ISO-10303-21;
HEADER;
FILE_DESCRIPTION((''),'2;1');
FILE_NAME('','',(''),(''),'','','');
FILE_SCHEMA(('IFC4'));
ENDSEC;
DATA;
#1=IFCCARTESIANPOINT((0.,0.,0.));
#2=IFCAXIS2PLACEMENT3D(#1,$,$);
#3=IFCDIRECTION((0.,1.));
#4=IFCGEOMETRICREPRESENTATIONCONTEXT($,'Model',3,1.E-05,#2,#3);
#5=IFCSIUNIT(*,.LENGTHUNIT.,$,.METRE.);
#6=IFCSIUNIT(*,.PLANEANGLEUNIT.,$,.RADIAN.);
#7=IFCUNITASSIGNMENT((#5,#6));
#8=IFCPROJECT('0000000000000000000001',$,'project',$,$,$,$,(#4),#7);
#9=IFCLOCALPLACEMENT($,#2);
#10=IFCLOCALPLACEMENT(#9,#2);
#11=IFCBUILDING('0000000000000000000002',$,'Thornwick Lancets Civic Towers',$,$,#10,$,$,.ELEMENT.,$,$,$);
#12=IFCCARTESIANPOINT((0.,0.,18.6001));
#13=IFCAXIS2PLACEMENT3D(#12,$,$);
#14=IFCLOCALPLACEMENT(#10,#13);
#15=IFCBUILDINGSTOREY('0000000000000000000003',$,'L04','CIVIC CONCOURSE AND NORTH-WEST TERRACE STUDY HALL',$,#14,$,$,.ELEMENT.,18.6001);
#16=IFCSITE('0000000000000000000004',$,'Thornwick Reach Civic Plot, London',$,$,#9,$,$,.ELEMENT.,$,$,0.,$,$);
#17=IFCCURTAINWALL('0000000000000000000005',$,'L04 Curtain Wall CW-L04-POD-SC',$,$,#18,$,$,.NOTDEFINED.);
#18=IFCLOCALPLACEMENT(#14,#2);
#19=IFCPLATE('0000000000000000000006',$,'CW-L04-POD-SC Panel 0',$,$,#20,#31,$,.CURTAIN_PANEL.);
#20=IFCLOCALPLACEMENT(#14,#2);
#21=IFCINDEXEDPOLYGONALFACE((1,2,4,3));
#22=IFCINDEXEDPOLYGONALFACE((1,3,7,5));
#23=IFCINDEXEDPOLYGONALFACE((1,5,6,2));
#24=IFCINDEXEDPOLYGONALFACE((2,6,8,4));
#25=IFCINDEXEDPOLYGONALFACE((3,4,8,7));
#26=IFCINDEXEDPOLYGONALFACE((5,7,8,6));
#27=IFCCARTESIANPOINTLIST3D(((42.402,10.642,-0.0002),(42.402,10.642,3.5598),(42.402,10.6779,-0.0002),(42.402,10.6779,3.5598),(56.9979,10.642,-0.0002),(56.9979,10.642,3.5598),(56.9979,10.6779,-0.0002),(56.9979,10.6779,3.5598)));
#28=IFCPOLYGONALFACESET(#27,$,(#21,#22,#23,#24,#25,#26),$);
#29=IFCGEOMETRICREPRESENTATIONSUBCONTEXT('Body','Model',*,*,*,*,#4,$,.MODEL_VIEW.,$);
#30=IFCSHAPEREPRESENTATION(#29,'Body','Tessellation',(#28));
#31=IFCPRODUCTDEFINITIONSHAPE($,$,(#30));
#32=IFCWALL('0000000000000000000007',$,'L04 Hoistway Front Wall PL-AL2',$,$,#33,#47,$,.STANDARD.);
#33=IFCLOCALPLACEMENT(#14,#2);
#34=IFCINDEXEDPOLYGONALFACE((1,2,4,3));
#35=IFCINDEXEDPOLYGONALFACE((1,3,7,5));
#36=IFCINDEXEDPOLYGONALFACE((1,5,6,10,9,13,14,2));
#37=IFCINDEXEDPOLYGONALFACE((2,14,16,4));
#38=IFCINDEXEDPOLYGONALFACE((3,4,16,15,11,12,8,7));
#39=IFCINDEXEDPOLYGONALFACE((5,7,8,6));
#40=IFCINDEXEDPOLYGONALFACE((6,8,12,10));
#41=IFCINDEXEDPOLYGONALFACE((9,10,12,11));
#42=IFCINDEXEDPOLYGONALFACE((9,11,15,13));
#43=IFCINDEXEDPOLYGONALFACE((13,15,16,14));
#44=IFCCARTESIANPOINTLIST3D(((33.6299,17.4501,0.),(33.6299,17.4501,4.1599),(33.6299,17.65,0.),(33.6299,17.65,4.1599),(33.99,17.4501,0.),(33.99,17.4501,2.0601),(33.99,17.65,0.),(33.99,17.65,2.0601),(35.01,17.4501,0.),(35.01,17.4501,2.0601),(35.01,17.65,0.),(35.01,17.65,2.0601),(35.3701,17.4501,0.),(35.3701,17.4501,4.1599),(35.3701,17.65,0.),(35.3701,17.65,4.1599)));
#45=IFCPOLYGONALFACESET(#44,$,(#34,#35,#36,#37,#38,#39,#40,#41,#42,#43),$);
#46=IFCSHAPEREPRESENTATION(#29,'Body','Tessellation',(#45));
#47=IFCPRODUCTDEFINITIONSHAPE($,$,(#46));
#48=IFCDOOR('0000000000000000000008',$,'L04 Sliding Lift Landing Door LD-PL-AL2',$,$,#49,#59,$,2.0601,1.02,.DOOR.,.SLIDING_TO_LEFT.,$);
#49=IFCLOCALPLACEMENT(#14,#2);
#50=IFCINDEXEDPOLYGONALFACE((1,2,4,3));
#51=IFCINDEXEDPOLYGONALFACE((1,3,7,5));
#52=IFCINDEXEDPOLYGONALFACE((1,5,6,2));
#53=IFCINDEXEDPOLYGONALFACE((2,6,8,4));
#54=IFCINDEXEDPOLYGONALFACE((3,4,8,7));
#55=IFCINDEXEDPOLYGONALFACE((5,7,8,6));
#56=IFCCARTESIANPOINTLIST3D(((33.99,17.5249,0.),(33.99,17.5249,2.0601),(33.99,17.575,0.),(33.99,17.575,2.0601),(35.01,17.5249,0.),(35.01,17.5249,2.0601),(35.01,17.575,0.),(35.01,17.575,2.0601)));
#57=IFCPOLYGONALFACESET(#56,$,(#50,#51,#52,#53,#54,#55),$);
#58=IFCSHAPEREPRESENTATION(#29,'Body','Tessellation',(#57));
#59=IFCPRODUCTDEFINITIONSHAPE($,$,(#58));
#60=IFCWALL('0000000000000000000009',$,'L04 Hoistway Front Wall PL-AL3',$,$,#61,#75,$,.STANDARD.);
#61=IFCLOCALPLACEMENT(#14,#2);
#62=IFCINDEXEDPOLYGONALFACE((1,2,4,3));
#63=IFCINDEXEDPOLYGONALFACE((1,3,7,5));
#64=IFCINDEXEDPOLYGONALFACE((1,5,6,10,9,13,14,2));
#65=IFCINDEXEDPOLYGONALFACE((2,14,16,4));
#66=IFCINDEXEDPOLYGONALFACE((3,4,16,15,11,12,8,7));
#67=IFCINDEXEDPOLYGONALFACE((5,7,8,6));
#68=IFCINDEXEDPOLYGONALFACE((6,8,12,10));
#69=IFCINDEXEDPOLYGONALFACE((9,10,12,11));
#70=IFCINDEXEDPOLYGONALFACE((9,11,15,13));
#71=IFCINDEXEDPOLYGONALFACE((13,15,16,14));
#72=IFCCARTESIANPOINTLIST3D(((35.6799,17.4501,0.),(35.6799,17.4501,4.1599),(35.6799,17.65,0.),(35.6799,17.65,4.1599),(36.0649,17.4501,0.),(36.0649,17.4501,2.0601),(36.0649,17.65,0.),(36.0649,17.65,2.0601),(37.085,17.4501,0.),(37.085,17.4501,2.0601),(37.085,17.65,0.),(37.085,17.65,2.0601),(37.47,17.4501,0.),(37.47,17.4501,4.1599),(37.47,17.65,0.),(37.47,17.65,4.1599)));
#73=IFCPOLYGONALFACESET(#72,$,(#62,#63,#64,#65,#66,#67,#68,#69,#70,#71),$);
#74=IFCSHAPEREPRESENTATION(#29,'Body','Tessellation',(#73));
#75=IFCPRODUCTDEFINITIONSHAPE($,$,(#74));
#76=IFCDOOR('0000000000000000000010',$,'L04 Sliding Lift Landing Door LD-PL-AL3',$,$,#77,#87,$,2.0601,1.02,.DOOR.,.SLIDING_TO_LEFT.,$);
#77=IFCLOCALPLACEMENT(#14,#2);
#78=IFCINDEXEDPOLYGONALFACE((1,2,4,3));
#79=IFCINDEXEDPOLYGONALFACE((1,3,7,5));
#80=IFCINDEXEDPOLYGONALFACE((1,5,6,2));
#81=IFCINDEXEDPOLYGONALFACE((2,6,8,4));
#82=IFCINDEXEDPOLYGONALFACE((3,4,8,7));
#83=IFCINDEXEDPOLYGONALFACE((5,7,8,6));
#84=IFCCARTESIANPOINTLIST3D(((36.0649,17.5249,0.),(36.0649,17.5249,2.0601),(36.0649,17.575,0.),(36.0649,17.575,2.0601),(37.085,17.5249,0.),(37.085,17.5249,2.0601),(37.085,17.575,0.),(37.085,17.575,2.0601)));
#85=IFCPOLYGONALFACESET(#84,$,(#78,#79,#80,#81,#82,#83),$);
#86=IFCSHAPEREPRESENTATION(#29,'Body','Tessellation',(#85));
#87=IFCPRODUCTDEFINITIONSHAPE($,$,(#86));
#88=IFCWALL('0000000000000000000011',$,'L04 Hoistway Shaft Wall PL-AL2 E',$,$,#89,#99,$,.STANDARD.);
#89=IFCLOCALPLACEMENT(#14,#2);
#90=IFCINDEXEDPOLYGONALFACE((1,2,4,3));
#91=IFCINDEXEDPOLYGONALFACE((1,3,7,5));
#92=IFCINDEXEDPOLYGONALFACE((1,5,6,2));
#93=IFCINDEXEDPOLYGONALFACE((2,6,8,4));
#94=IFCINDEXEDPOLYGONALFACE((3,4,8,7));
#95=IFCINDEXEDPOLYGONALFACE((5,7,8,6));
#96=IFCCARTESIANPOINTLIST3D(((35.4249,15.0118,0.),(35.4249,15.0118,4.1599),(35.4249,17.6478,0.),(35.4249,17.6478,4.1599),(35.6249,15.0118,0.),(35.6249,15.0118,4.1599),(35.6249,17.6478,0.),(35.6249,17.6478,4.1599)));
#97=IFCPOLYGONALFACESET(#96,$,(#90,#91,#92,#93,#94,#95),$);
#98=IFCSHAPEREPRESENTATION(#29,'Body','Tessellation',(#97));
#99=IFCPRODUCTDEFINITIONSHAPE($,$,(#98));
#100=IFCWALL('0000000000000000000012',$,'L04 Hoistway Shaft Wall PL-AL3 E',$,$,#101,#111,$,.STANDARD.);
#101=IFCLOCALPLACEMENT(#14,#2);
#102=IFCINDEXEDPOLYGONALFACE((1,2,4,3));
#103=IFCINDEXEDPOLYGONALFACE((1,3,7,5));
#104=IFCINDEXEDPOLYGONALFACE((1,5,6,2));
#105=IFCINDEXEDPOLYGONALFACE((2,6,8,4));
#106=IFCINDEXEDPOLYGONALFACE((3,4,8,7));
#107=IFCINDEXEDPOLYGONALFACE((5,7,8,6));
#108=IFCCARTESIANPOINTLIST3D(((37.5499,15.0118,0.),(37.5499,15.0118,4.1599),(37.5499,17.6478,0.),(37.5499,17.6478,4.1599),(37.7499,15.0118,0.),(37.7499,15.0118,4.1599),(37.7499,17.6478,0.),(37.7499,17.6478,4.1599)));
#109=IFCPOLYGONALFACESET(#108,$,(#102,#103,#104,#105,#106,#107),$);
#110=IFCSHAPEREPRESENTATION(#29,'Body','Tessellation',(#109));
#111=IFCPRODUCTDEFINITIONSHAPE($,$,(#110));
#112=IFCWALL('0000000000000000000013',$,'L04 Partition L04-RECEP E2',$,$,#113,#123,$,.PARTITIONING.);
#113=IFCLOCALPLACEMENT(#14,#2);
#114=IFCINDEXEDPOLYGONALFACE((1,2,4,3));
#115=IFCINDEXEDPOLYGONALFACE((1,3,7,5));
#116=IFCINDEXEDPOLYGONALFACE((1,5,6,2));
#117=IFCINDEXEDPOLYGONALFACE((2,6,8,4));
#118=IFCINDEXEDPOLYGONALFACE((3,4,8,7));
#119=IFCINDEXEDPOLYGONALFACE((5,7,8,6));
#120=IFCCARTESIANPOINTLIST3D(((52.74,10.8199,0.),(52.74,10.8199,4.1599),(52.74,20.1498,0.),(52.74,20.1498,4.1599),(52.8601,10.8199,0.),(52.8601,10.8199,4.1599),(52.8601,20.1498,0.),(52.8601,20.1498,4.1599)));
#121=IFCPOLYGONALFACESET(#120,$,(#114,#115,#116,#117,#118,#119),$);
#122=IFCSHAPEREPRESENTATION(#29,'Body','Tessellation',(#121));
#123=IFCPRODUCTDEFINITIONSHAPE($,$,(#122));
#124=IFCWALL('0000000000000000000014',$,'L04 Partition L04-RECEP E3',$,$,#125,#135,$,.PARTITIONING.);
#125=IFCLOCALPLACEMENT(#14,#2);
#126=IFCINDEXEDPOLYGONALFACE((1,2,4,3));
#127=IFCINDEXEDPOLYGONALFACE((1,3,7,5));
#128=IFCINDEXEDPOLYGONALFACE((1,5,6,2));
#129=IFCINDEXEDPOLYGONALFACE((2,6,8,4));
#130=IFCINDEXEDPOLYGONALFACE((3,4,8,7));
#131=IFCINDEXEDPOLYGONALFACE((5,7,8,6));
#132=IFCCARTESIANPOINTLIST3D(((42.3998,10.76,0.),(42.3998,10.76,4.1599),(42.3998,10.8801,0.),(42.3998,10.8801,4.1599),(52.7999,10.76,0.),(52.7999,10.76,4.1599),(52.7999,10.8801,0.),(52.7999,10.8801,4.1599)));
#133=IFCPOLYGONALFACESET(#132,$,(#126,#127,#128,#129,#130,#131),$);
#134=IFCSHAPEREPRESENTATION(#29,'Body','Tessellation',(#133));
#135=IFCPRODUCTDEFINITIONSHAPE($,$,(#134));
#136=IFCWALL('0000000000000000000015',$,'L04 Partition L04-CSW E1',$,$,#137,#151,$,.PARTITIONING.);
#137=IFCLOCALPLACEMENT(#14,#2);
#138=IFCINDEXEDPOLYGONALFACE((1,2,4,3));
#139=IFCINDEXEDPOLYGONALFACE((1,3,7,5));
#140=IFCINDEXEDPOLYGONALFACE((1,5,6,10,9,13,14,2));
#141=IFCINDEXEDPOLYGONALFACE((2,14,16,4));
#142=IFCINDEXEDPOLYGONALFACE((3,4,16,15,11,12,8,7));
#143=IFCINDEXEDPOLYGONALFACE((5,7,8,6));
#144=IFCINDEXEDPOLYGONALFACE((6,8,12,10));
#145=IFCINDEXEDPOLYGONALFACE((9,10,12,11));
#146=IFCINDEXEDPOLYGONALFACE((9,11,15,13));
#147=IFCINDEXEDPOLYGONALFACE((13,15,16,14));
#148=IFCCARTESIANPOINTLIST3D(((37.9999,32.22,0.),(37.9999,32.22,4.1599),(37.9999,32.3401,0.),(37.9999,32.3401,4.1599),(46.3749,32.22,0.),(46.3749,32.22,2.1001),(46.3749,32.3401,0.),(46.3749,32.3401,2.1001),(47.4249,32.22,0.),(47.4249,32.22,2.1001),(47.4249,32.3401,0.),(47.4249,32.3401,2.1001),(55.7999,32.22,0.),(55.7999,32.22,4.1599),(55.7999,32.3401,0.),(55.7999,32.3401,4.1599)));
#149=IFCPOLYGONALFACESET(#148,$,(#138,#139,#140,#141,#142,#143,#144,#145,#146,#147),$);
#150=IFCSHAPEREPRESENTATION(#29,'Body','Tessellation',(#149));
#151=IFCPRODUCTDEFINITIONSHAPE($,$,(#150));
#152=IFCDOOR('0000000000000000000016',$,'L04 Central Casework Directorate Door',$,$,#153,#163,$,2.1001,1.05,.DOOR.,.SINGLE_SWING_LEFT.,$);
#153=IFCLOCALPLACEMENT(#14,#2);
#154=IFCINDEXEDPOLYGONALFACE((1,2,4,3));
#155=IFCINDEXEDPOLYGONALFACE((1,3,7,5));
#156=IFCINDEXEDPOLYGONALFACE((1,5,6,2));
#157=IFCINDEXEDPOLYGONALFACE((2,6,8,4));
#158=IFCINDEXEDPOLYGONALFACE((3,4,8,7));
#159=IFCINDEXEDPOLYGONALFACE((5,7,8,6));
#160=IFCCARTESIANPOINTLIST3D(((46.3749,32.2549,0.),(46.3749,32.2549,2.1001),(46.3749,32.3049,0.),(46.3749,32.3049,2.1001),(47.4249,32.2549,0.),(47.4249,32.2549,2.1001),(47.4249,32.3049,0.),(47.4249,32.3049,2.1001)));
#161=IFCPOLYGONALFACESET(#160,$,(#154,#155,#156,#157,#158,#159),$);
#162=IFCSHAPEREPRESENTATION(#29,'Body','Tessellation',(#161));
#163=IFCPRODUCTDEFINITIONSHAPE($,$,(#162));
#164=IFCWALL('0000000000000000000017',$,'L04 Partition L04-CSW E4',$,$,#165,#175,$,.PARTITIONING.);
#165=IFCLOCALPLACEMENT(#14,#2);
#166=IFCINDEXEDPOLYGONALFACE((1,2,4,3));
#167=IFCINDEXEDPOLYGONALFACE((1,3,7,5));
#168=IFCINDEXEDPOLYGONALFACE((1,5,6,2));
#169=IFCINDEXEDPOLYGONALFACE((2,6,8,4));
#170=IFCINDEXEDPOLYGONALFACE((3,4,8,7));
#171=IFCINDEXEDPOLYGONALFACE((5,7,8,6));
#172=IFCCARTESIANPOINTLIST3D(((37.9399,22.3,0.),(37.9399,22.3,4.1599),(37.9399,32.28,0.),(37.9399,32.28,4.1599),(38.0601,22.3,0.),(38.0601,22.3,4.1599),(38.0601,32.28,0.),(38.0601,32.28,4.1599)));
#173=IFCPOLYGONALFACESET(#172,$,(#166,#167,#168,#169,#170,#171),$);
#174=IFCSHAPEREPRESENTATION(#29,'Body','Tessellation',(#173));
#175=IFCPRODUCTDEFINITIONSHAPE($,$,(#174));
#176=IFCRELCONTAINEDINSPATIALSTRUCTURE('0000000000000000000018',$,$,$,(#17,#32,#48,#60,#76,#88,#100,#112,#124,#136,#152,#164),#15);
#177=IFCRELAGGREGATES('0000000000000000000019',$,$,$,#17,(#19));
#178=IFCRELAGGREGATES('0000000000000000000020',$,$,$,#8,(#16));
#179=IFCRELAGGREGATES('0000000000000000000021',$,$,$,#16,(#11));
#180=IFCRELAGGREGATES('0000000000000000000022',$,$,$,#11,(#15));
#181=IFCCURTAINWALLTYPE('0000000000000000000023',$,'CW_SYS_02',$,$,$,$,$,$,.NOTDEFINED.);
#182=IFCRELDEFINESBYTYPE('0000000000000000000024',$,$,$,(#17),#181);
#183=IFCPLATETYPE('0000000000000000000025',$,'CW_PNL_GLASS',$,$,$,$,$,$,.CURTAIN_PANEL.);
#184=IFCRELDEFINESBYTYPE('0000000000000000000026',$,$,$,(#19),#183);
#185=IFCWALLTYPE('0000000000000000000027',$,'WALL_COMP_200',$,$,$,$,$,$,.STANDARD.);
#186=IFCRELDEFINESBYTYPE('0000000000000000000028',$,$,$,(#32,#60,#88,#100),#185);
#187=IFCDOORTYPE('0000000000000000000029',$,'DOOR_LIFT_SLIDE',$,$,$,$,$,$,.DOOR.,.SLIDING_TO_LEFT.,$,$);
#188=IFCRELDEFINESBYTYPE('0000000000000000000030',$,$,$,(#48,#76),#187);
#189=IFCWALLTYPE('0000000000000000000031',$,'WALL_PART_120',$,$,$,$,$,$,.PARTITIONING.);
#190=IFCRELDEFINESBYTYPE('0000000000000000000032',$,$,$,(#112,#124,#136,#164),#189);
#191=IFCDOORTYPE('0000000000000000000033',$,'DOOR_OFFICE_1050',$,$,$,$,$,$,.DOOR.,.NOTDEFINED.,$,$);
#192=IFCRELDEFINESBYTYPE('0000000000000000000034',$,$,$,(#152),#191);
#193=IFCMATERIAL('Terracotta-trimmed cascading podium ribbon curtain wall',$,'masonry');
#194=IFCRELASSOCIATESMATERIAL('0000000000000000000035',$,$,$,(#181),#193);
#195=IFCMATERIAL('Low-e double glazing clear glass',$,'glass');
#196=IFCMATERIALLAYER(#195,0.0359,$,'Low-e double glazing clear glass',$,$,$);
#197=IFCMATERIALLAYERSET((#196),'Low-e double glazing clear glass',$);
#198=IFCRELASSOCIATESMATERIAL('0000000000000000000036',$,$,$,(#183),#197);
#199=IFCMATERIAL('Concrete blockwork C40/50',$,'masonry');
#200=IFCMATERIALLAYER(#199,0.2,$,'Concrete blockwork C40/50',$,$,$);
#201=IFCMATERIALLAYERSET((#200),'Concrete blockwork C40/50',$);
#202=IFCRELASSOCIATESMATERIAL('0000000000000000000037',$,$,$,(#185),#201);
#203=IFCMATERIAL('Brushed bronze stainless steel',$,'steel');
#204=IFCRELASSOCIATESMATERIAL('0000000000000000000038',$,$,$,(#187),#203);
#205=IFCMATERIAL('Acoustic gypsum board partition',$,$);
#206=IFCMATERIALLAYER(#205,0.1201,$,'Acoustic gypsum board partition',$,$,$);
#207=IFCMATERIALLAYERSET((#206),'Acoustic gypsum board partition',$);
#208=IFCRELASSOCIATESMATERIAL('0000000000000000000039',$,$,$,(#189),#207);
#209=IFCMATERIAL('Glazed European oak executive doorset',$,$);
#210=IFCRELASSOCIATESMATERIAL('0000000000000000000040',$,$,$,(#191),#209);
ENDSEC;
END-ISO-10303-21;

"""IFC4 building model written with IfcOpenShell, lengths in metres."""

from ifc_helpers import new_model, si_unit, direction, frame, frame_2d, origin, origin_2d, place, context, subcontext, project, spatial, rectangle, extrude, material, layer, layer_set, type_object, element, fill, aggregate, save


model = new_model("IFC4")

# Units and contexts
model_context = context("Model", 3, precision=1e-05, world=origin(), true_north=direction((0.0, 1.0)))
body_context = subcontext(model_context, "Body", "Model", "MODEL_VIEW")
ifc_project = project(units=[si_unit("LENGTHUNIT", "METRE"), si_unit("PLANEANGLEUNIT", "RADIAN")], contexts=[model_context])

# Site, building, storey
site_placement = place(None, origin())
site = spatial("IfcSite", under=ifc_project, at=site_placement, Name="Thornwick Reach Civic Plot, London", CompositionType="ELEMENT", RefElevation=0.0)
building_placement = place(site_placement, origin())
building = spatial("IfcBuilding", under=site, at=building_placement, Name="Thornwick Lancets Civic Towers", CompositionType="ELEMENT")
storey_placement = place(building_placement, frame((0.0, 0.0, 18.6001)))
storey = spatial("IfcBuildingStorey", under=building, at=storey_placement, Name="L04", Description="CIVIC CONCOURSE AND NORTH-WEST TERRACE STUDY HALL", CompositionType="ELEMENT", Elevation=18.6001)

# Curtain wall, plate
ifc_material_1 = material(Name="Terracotta-trimmed cascading podium ribbon curtain wall", Category="masonry")
curtain_wall_type = type_object("IfcCurtainWallType", Name="CW_SYS_02", PredefinedType="NOTDEFINED", material=ifc_material_1)
curtain_wall_placement = place(storey_placement, origin())
curtain_wall = element("IfcCurtainWall", 1, at=curtain_wall_placement, inside=storey, type_object=curtain_wall_type, Name="L04 Curtain Wall CW-L04-POD-SC", PredefinedType="NOTDEFINED")
ifc_material_2 = material(Name="Low-e double glazing clear glass", Category="glass")
ifc_layer_1 = layer(ifc_material_2, 0.0359, Name="Low-e double glazing clear glass")
ifc_layer_set_1 = layer_set([ifc_layer_1], Name="Low-e double glazing clear glass")
plate_type = type_object("IfcPlateType", Name="CW_PNL_GLASS", PredefinedType="CURTAIN_PANEL", material=ifc_layer_set_1)
plate_placement = place(storey_placement, frame((49.7, 10.6599, -0.0002), z_axis=(0.0, 0.0, 1.0), x_axis=(1.0, 0.0, 0.0)))
plate = element("IfcPlate", 2, at=plate_placement, type_object=plate_type, Name="CW-L04-POD-SC Panel 0", PredefinedType="CURTAIN_PANEL", context=body_context, shape_type="SweptSolid", body=[
    extrude(rectangle(XDim=14.5959, YDim=0.0359, at=origin_2d()), origin(), (0.0, 0.0, 1.0), 3.5601),
])
aggregate(curtain_wall, [plate])

# Walls, openings, doors
ifc_material_3 = material(Name="Concrete blockwork C40/50", Category="masonry")
ifc_layer_2 = layer(ifc_material_3, 0.2, Name="Concrete blockwork C40/50")
ifc_layer_set_2 = layer_set([ifc_layer_2], Name="Concrete blockwork C40/50")
wall_type_1 = type_object("IfcWallType", Name="WALL_COMP_200", PredefinedType="STANDARD", material=ifc_layer_set_2)
wall_1_placement = place(storey_placement, frame((33.6299, 17.55, 0.0), z_axis=(0.0, 0.0, 1.0), x_axis=(1.0, 0.0, 0.0)))
wall_1 = element("IfcWall", 3, at=wall_1_placement, inside=storey, type_object=wall_type_1, Name="L04 Hoistway Front Wall PL-AL2", PredefinedType="STANDARD", context=body_context, shape_type="SweptSolid", body=[
    extrude(rectangle(XDim=1.7402, YDim=0.2, at=frame_2d((0.8701, 0.0))), origin(), (0.0, 0.0, 1.0), 4.1599),
])
opening_1_placement = place(wall_1_placement, frame((0.3601, 0.0, 0.0)))
opening_1 = element("IfcOpeningElement", 4, at=opening_1_placement, cuts=wall_1, PredefinedType="OPENING", context=body_context, shape_type="SweptSolid", body=[
    extrude(rectangle(XDim=1.02, YDim=2.0601, at=frame_2d((0.51, 1.03))), frame((0.0, 0.1099, 0.0), z_axis=(0.0, -1.0, 0.0), x_axis=(1.0, 0.0, 0.0)), (0.0, 0.0, 1.0), 0.22),
])
ifc_material_4 = material(Name="Brushed bronze stainless steel", Category="steel")
door_type_1 = type_object("IfcDoorType", Name="DOOR_LIFT_SLIDE", OperationType="SLIDING_TO_LEFT", PredefinedType="DOOR", material=ifc_material_4)
door_1_placement = place(opening_1_placement, origin())
door_1 = element("IfcDoor", 5, at=door_1_placement, inside=storey, type_object=door_type_1, Name="L04 Sliding Lift Landing Door LD-PL-AL2", OperationType="SLIDING_TO_LEFT", OverallHeight=2.0601, OverallWidth=1.02, PredefinedType="DOOR", context=body_context, shape_type="SweptSolid", body=[
    extrude(rectangle(XDim=1.02, YDim=2.0601, at=frame_2d((0.51, 1.03))), frame((0.0, 0.0249, 0.0), z_axis=(0.0, -1.0, 0.0), x_axis=(1.0, 0.0, 0.0)), (0.0, 0.0, 1.0), 0.05),
])
fill(opening_1, door_1)
wall_2_placement = place(storey_placement, frame((35.6799, 17.55, 0.0), z_axis=(0.0, 0.0, 1.0), x_axis=(1.0, 0.0, 0.0)))
wall_2 = element("IfcWall", 6, at=wall_2_placement, inside=storey, type_object=wall_type_1, Name="L04 Hoistway Front Wall PL-AL3", PredefinedType="STANDARD", context=body_context, shape_type="SweptSolid", body=[
    extrude(rectangle(XDim=1.79, YDim=0.2, at=frame_2d((0.895, 0.0))), origin(), (0.0, 0.0, 1.0), 4.1599),
])
opening_2_placement = place(wall_2_placement, frame((0.385, 0.0, 0.0)))
opening_2 = element("IfcOpeningElement", 7, at=opening_2_placement, cuts=wall_2, PredefinedType="OPENING", context=body_context, shape_type="SweptSolid", body=[
    extrude(rectangle(XDim=1.02, YDim=2.0601, at=frame_2d((0.51, 1.03))), frame((0.0, 0.1099, 0.0), z_axis=(0.0, -1.0, 0.0), x_axis=(1.0, 0.0, 0.0)), (0.0, 0.0, 1.0), 0.22),
])
door_2_placement = place(opening_2_placement, origin())
door_2 = element("IfcDoor", 8, at=door_2_placement, inside=storey, type_object=door_type_1, Name="L04 Sliding Lift Landing Door LD-PL-AL3", OperationType="SLIDING_TO_LEFT", OverallHeight=2.0601, OverallWidth=1.02, PredefinedType="DOOR", context=body_context, shape_type="SweptSolid", body=[
    extrude(rectangle(XDim=1.02, YDim=2.0601, at=frame_2d((0.51, 1.03))), frame((0.0, 0.0249, 0.0), z_axis=(0.0, -1.0, 0.0), x_axis=(1.0, 0.0, 0.0)), (0.0, 0.0, 1.0), 0.05),
])
fill(opening_2, door_2)

# Walls
for number, where, z_axis, x_axis, name in (
    (9, (35.5249, 15.012, 0.0), (0.0, 0.0, 1.0), (0.0, 1.0, 0.0), "L04 Hoistway Shaft Wall PL-AL2 E"),
    (10, (37.6499, 15.012, 0.0), (0.0, 0.0, 1.0), (0.0, 1.0, 0.0), "L04 Hoistway Shaft Wall PL-AL3 E"),
):
    element("IfcWall", number, at=place(storey_placement, frame(where, z_axis=z_axis, x_axis=x_axis)), inside=storey, type_object=wall_type_1, Name=name, PredefinedType="STANDARD", context=body_context, shape_type="SweptSolid", body=[
        extrude(rectangle(XDim=2.636, YDim=0.2, at=frame_2d((1.3179, 0.0))), origin(), (0.0, 0.0, 1.0), 4.1599),
    ])
ifc_material_5 = material(Name="Acoustic gypsum board partition")
ifc_layer_3 = layer(ifc_material_5, 0.1201, Name="Acoustic gypsum board partition")
ifc_layer_set_3 = layer_set([ifc_layer_3], Name="Acoustic gypsum board partition")
wall_type_2 = type_object("IfcWallType", Name="WALL_PART_120", PredefinedType="PARTITIONING", material=ifc_layer_set_3)
wall_3_placement = place(storey_placement, frame((52.8, 20.1499, 0.0), z_axis=(0.0, 0.0, 1.0), x_axis=(0.0, -1.0, 0.0)))
element("IfcWall", 11, at=wall_3_placement, inside=storey, type_object=wall_type_2, Name="L04 Partition L04-RECEP E2", PredefinedType="PARTITIONING", context=body_context, shape_type="SweptSolid", body=[
    extrude(rectangle(XDim=9.3298, YDim=0.1201, at=frame_2d((4.665, 0.0))), origin(), (0.0, 0.0, 1.0), 4.1599),
])
wall_4_placement = place(storey_placement, frame((52.8, 10.8201, 0.0), z_axis=(0.0, 0.0, 1.0), x_axis=(-1.0, 0.0, 0.0)))
element("IfcWall", 12, at=wall_4_placement, inside=storey, type_object=wall_type_2, Name="L04 Partition L04-RECEP E3", PredefinedType="PARTITIONING", context=body_context, shape_type="SweptSolid", body=[
    extrude(rectangle(XDim=10.4001, YDim=0.1201, at=frame_2d((5.2002, 0.0))), origin(), (0.0, 0.0, 1.0), 4.1599),
])

# Wall, opening, door
wall_5_placement = place(storey_placement, frame((38.0, 32.28, 0.0), z_axis=(0.0, 0.0, 1.0), x_axis=(1.0, 0.0, 0.0)))
wall_5 = element("IfcWall", 13, at=wall_5_placement, inside=storey, type_object=wall_type_2, Name="L04 Partition L04-CSW E1", PredefinedType="PARTITIONING", context=body_context, shape_type="SweptSolid", body=[
    extrude(rectangle(XDim=17.8, YDim=0.1201, at=frame_2d((8.8999, 0.0))), origin(), (0.0, 0.0, 1.0), 4.1599),
])
opening_3_placement = place(wall_5_placement, frame((8.375, 0.0, 0.0)))
opening_3 = element("IfcOpeningElement", 14, at=opening_3_placement, cuts=wall_5, PredefinedType="OPENING", context=body_context, shape_type="SweptSolid", body=[
    extrude(rectangle(XDim=1.05, YDim=2.1001, at=frame_2d((0.5249, 1.05))), frame((0.0, 0.0701, 0.0), z_axis=(0.0, -1.0, 0.0), x_axis=(1.0, 0.0, 0.0)), (0.0, 0.0, 1.0), 0.1401),
])
ifc_material_6 = material(Name="Glazed European oak executive doorset")
door_type_2 = type_object("IfcDoorType", Name="DOOR_OFFICE_1050", OperationType="NOTDEFINED", PredefinedType="DOOR", material=ifc_material_6)
door_3_placement = place(opening_3_placement, origin())
door_3 = element("IfcDoor", 15, at=door_3_placement, inside=storey, type_object=door_type_2, Name="L04 Central Casework Directorate Door", OperationType="SINGLE_SWING_LEFT", OverallHeight=2.1001, OverallWidth=1.05, PredefinedType="DOOR", context=body_context, shape_type="SweptSolid", body=[
    extrude(rectangle(XDim=1.05, YDim=2.1001, at=frame_2d((0.5249, 1.05))), frame((0.0, 0.0249, 0.0), z_axis=(0.0, -1.0, 0.0), x_axis=(1.0, 0.0, 0.0)), (0.0, 0.0, 1.0), 0.05),
])
fill(opening_3, door_3)

# Wall
wall_6_placement = place(storey_placement, frame((38.0, 22.3, 0.0), z_axis=(0.0, 0.0, 1.0), x_axis=(0.0, 1.0, 0.0)))
element("IfcWall", 16, at=wall_6_placement, inside=storey, type_object=wall_type_2, Name="L04 Partition L04-CSW E4", PredefinedType="PARTITIONING", context=body_context, shape_type="SweptSolid", body=[
    extrude(rectangle(XDim=9.98, YDim=0.1201, at=frame_2d((4.99, 0.0))), origin(), (0.0, 0.0, 1.0), 4.1599),
])

save(model, "model.ifc")
